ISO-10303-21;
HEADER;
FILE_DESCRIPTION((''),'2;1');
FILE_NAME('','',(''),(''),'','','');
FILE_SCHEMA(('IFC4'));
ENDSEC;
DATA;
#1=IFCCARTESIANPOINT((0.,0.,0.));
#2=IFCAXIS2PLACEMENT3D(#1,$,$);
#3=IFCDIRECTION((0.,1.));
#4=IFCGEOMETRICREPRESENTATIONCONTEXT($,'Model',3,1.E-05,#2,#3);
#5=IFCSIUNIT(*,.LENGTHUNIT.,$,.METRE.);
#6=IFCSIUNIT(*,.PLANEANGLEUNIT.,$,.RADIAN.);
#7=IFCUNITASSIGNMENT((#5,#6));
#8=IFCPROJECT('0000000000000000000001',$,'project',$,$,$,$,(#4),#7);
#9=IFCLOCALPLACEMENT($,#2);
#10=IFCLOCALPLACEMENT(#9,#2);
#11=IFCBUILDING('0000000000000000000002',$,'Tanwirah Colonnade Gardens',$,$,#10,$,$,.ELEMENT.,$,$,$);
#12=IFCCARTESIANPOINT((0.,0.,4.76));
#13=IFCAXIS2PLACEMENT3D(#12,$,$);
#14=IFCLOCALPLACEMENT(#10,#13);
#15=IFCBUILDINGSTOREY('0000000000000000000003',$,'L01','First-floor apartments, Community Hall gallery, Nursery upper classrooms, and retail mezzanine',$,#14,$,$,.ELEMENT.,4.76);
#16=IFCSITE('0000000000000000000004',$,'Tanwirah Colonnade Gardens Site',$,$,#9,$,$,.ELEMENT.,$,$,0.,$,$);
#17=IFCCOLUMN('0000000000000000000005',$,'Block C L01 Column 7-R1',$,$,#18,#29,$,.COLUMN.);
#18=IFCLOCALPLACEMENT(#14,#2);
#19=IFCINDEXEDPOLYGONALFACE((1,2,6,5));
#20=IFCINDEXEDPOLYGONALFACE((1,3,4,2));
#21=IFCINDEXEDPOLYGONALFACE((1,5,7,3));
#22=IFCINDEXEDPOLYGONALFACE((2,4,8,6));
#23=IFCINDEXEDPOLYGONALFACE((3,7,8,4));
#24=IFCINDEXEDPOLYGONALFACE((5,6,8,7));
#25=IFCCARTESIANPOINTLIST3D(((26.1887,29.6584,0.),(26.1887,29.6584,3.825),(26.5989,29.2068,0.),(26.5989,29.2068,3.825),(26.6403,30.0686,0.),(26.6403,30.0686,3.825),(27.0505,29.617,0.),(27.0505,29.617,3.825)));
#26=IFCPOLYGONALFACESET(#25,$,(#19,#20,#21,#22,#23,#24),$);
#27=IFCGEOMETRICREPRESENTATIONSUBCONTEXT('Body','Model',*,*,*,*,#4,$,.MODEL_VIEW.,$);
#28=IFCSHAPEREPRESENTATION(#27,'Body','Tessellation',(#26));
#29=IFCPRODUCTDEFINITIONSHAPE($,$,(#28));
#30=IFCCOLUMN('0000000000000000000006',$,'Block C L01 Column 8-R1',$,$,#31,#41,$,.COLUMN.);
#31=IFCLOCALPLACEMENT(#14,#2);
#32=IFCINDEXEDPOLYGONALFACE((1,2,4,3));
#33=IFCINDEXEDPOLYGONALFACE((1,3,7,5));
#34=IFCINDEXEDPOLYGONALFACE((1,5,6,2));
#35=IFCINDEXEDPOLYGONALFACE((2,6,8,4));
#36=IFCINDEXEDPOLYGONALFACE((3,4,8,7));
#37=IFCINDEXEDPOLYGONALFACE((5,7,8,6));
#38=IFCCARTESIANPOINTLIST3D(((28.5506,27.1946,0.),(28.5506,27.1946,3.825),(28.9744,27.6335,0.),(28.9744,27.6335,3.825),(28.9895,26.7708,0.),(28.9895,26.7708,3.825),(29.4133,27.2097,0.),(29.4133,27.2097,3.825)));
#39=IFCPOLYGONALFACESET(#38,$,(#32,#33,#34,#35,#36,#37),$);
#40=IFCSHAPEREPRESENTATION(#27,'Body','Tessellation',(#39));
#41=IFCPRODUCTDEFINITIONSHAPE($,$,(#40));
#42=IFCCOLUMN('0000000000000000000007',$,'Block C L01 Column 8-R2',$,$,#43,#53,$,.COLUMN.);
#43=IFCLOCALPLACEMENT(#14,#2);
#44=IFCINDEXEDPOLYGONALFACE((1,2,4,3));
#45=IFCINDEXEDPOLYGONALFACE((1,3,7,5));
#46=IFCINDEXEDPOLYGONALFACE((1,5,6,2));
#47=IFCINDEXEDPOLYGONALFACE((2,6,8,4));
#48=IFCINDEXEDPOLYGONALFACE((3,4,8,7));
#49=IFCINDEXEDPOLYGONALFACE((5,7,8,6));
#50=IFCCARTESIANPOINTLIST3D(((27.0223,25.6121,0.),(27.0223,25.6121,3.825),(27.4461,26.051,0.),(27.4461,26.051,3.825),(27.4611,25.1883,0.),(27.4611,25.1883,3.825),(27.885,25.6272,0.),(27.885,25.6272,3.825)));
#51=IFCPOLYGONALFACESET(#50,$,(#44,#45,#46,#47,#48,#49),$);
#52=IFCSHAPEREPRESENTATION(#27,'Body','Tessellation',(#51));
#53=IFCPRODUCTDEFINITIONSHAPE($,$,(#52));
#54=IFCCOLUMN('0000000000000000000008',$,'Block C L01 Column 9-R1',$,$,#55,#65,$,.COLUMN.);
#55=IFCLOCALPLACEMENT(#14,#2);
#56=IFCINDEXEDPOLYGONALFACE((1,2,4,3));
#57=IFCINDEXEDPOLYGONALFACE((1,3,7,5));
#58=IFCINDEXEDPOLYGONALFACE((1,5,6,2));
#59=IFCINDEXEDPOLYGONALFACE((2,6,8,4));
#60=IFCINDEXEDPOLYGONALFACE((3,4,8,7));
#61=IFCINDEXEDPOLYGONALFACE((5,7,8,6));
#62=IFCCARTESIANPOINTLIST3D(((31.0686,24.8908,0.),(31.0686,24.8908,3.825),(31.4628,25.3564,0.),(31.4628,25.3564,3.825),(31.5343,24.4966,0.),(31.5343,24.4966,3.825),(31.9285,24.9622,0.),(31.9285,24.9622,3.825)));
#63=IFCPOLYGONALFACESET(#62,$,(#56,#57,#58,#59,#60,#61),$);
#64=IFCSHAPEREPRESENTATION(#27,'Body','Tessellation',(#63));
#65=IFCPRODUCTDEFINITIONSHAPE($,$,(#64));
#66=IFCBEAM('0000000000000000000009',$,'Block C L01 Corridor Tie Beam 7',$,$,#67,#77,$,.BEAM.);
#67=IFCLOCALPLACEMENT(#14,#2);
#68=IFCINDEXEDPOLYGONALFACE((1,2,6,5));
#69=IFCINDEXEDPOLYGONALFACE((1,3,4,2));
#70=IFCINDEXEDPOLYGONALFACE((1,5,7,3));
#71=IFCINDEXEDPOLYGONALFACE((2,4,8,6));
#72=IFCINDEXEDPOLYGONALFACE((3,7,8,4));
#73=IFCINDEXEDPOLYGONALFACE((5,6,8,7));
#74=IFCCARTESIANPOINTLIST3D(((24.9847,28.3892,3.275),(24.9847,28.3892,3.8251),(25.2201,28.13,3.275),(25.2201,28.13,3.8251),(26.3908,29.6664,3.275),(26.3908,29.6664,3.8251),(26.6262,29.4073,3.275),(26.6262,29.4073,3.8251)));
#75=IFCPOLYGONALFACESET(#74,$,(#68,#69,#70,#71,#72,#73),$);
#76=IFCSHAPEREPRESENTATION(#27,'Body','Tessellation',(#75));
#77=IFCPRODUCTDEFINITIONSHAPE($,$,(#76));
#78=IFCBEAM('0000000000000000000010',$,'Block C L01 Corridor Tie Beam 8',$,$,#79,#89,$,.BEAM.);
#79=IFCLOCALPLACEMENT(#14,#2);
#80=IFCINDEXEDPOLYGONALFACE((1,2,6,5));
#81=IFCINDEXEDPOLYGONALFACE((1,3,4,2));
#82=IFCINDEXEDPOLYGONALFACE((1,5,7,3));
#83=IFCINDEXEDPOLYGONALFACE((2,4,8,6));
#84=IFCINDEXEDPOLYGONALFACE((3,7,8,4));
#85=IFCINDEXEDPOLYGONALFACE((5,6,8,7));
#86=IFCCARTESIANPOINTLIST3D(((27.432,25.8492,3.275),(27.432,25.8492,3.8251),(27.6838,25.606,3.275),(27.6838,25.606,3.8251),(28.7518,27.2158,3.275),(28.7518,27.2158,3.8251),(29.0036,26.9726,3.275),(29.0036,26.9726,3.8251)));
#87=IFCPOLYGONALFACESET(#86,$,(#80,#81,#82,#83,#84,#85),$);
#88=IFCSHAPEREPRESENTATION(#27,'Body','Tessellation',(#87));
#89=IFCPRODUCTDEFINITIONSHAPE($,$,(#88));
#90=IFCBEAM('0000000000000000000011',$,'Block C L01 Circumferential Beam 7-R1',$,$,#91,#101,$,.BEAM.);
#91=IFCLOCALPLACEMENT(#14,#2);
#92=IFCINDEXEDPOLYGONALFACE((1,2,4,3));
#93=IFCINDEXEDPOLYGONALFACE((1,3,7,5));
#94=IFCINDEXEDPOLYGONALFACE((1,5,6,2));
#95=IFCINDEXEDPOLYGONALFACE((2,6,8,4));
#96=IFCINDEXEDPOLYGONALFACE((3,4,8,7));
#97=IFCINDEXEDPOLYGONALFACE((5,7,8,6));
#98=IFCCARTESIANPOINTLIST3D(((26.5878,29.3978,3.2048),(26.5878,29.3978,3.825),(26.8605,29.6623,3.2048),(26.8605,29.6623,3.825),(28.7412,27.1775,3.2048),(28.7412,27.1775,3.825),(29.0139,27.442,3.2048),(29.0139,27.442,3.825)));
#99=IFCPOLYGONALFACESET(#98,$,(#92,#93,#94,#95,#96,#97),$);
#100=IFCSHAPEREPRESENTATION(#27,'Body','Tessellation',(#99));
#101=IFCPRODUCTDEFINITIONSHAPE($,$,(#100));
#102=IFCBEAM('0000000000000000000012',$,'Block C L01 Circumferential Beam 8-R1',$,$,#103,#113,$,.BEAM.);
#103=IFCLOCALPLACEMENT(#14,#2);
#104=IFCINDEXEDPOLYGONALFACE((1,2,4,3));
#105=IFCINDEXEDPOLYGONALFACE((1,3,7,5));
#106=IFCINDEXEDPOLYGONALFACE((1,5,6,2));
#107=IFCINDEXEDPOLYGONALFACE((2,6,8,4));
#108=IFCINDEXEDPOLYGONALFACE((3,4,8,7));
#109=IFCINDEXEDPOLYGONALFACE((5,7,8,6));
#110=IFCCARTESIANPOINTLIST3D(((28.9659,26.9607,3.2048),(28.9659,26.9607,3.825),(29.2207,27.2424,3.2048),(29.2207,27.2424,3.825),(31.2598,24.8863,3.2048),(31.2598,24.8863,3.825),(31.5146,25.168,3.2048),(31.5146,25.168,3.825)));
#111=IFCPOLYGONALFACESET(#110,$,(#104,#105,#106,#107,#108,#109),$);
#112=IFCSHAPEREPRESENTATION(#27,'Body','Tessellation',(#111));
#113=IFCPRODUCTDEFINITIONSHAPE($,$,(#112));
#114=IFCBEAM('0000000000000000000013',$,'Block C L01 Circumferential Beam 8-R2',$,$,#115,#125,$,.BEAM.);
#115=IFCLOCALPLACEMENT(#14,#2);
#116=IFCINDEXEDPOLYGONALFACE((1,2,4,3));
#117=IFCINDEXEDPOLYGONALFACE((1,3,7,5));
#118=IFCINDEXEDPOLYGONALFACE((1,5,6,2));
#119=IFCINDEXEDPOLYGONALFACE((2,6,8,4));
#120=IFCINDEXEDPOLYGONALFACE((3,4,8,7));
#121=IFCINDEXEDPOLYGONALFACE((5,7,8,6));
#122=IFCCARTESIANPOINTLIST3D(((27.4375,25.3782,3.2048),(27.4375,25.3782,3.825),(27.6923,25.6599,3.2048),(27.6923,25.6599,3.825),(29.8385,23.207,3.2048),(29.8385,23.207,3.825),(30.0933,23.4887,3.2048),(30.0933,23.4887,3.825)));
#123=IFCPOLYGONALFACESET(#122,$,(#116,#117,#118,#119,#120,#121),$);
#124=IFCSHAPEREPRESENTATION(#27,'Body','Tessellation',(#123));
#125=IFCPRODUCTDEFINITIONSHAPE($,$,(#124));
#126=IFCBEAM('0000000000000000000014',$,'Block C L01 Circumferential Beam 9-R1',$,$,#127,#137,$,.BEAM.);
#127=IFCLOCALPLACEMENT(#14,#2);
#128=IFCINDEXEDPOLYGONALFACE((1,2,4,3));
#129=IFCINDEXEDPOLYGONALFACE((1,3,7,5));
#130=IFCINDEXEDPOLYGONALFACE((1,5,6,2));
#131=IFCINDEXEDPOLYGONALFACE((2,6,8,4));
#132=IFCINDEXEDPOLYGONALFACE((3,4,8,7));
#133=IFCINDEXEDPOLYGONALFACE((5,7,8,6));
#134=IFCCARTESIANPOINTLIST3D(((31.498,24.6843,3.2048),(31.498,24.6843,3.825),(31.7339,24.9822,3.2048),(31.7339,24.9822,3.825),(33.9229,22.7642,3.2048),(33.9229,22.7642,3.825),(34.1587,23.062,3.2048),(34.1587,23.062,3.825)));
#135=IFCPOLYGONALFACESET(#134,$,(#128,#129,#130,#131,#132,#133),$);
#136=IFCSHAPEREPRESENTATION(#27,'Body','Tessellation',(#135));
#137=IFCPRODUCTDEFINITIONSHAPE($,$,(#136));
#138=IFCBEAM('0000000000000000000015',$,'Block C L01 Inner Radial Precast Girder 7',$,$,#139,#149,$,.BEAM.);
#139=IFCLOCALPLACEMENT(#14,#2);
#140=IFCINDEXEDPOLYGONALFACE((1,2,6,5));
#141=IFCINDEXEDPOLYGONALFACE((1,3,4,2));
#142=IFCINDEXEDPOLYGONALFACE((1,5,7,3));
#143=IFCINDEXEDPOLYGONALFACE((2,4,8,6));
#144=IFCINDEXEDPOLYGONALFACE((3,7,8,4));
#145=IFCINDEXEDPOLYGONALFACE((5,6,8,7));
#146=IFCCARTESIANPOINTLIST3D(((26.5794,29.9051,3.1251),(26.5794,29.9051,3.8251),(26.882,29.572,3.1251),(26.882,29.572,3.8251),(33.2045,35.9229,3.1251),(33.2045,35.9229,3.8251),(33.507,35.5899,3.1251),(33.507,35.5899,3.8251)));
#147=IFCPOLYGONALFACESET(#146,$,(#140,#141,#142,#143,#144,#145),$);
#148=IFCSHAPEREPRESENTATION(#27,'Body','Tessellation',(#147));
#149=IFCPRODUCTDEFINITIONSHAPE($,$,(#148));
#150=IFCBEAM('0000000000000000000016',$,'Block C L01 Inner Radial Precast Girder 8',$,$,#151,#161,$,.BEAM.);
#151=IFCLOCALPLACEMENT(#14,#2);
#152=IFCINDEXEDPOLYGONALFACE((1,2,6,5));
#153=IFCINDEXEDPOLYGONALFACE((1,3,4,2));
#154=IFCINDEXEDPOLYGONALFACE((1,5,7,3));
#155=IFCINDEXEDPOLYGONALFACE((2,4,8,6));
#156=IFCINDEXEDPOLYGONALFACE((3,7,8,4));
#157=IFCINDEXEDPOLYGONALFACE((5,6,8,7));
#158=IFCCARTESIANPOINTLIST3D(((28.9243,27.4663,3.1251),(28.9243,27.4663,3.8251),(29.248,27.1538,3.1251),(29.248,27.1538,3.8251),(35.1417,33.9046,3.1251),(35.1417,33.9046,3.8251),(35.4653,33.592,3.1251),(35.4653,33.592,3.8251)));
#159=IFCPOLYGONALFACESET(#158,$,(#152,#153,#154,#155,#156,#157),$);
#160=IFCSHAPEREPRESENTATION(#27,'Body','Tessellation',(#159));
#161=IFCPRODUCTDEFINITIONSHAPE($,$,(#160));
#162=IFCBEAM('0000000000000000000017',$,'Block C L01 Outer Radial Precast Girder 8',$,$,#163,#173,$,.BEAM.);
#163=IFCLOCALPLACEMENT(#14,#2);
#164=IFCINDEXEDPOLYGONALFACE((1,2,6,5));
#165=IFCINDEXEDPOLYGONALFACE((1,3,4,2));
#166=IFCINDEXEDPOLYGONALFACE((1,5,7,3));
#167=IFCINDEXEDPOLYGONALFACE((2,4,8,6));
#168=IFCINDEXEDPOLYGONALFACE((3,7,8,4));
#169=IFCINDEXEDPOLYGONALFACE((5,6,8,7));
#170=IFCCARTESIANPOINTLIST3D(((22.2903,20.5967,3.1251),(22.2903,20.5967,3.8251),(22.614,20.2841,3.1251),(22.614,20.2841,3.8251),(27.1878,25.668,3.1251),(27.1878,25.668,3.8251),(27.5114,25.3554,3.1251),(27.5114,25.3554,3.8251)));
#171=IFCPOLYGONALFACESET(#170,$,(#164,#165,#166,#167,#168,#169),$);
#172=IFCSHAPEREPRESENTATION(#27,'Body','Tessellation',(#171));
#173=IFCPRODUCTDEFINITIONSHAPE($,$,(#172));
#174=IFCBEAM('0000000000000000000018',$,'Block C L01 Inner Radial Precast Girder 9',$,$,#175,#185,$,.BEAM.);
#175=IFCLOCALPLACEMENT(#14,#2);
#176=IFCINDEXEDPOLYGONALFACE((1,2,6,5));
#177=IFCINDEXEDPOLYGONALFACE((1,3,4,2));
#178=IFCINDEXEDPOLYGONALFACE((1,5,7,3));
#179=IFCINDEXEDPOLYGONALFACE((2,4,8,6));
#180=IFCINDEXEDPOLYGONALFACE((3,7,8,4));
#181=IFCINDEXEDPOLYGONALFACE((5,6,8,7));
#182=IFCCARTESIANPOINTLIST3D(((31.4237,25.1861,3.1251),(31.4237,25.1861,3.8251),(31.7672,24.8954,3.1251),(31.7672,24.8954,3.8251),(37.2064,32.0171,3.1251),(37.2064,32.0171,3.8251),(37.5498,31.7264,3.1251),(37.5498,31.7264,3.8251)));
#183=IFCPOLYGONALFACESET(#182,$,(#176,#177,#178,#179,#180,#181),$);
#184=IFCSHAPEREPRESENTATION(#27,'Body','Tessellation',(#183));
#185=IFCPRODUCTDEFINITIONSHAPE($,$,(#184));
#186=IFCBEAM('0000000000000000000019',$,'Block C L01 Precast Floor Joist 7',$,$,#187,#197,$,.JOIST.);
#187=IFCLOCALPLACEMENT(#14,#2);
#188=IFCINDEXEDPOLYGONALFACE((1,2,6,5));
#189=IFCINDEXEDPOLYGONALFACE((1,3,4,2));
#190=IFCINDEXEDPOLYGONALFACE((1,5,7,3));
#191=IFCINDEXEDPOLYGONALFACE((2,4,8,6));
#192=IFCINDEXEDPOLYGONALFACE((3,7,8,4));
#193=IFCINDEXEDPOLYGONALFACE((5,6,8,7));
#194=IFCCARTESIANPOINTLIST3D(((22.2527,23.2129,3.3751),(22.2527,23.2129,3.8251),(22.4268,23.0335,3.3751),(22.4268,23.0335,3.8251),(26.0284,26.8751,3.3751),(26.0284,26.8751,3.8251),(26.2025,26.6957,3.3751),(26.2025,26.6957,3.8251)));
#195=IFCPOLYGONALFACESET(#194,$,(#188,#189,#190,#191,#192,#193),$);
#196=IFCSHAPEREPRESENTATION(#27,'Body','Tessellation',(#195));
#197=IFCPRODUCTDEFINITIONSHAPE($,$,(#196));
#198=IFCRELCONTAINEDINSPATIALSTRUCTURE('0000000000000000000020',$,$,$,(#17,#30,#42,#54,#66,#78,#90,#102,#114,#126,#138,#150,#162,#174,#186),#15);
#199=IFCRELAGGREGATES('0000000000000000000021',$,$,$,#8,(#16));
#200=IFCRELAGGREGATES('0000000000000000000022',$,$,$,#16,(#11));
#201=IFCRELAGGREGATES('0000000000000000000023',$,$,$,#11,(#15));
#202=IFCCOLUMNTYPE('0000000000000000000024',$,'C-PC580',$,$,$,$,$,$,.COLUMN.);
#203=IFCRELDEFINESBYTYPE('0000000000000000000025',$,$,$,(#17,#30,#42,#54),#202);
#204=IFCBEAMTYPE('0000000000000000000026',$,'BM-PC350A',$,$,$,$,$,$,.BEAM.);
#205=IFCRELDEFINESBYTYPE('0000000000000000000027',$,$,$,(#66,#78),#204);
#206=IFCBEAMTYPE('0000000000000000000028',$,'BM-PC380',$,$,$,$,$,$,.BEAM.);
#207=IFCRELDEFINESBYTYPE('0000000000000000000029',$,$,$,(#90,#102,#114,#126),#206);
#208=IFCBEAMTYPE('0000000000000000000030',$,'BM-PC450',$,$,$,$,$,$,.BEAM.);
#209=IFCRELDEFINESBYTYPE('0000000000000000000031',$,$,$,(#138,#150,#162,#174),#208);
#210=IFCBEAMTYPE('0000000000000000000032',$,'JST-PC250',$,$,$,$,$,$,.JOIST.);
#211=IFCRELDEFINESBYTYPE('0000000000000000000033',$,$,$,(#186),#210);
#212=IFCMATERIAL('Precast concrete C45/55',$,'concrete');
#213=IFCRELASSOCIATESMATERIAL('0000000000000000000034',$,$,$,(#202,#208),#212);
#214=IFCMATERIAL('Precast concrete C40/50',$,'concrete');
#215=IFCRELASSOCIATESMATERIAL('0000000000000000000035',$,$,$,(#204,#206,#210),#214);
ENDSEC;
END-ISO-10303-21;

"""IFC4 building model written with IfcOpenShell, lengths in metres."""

from ifc_helpers import new_model, si_unit, direction, frame, origin, origin_2d, place, context, subcontext, project, spatial, rectangle, extrude, material, material_profile, profile_set, type_object, element, save


model = new_model("IFC4")

# Units and contexts
model_context = context("Model", 3, precision=1e-05, world=origin(), true_north=direction((0.0, 1.0)))
body_context = subcontext(model_context, "Body", "Model", "MODEL_VIEW")
ifc_project = project(units=[si_unit("LENGTHUNIT", "METRE"), si_unit("PLANEANGLEUNIT", "RADIAN")], contexts=[model_context])

# Site, building, storey
site_placement = place(None, origin())
site = spatial("IfcSite", under=ifc_project, at=site_placement, Name="Tanwirah Colonnade Gardens Site", CompositionType="ELEMENT", RefElevation=0.0)
building_placement = place(site_placement, origin())
building = spatial("IfcBuilding", under=site, at=building_placement, Name="Tanwirah Colonnade Gardens", CompositionType="ELEMENT")
storey_placement = place(building_placement, frame((0.0, 0.0, 4.76)))
storey = spatial("IfcBuildingStorey", under=building, at=storey_placement, Name="L01", Description="First-floor apartments, Community Hall gallery, Nursery upper classrooms, and retail mezzanine", CompositionType="ELEMENT", Elevation=4.76)

# Columns
ifc_material_1 = material(Name="Precast concrete C45/55", Category="concrete")
ifc_material_profile_1 = material_profile(ifc_material_1, rectangle(XDim=0.6101, YDim=0.6101, at=origin_2d()), Name="PC-COL 610x610")
ifc_profile_set_1 = profile_set([ifc_material_profile_1], Name="Precast concrete C45/55")
column_type = type_object("IfcColumnType", Name="C-PC580", PredefinedType="COLUMN", material=ifc_profile_set_1)
for number, where, z_axis, x_axis, name in (
    (1, (26.6196, 29.6377, 0.0), (0.0, 0.0, 1.0), (-0.740218, -0.672367, 0.0), "Block C L01 Column 7-R1"),
    (2, (28.9819, 27.2021, 0.0), (0.0, 0.0, 1.0), (-0.694658, -0.71934, 0.0), "Block C L01 Column 8-R1"),
    (3, (27.4536, 25.6196, 0.0), (0.0, 0.0, 1.0), (-0.694658, -0.71934, 0.0), "Block C L01 Column 8-R2"),
    (4, (31.4985, 24.9265, 0.0), (0.0, 0.0, 1.0), (-0.646124, -0.763232, 0.0), "Block C L01 Column 9-R1"),
):
    element("IfcColumn", number, at=place(storey_placement, frame(where, z_axis=z_axis, x_axis=x_axis)), inside=storey, type_object=column_type, Name=name, PredefinedType="COLUMN", context=body_context, shape_type="SweptSolid", body=[
        extrude(rectangle(XDim=0.6101, YDim=0.6101, at=origin_2d()), origin(), (0.0, 0.0, 1.0), 3.825),
    ])

# Beams
ifc_material_2 = material(Name="Precast concrete C40/50", Category="concrete")
ifc_material_profile_2 = material_profile(ifc_material_2, rectangle(XDim=0.3501, YDim=0.55, at=origin_2d()), Name="PC-BM 350x550")
ifc_profile_set_2 = profile_set([ifc_material_profile_2], Name="Precast concrete C40/50")
beam_type_1 = type_object("IfcBeamType", Name="BM-PC350A", PredefinedType="BEAM", material=ifc_profile_set_2)
beam_1_placement = place(storey_placement, frame((26.5085, 29.5369, 3.55), z_axis=(-0.740219, -0.672366, 0.0), x_axis=(0.672366, -0.740219, 0.0)))
element("IfcBeam", 5, at=beam_1_placement, inside=storey, type_object=beam_type_1, Name="Block C L01 Corridor Tie Beam 7", PredefinedType="BEAM", context=body_context, shape_type="SweptSolid", body=[
    extrude(rectangle(XDim=0.3501, YDim=0.55, at=origin_2d()), origin(), (0.0, 0.0, 1.0), 1.8997),
])
beam_2_placement = place(storey_placement, frame((28.8777, 27.0942, 3.55), z_axis=(-0.694663, -0.719335, 0.0), x_axis=(0.719335, -0.694663, 0.0)))
element("IfcBeam", 6, at=beam_2_placement, inside=storey, type_object=beam_type_1, Name="Block C L01 Corridor Tie Beam 8", PredefinedType="BEAM", context=body_context, shape_type="SweptSolid", body=[
    extrude(rectangle(XDim=0.3501, YDim=0.55, at=origin_2d()), origin(), (0.0, 0.0, 1.0), 1.8999),
])
ifc_material_profile_3 = material_profile(ifc_material_2, rectangle(XDim=0.3799, YDim=0.6201, at=origin_2d()), Name="PC-BM 380x620")
ifc_profile_set_3 = profile_set([ifc_material_profile_3], Name="Precast concrete C40/50")
beam_type_2 = type_object("IfcBeamType", Name="BM-PC380", PredefinedType="BEAM", material=ifc_profile_set_3)
beam_3_placement = place(storey_placement, frame((26.7241, 29.53, 3.5149), z_axis=(0.69621, -0.717838, 0.0), x_axis=(0.717838, 0.69621, 0.0)))
element("IfcBeam", 7, at=beam_3_placement, inside=storey, type_object=beam_type_2, Name="Block C L01 Circumferential Beam 7-R1", PredefinedType="BEAM", context=body_context, shape_type="SweptSolid", body=[
    extrude(rectangle(XDim=0.3799, YDim=0.6201, at=origin_2d()), origin(), (0.0, 0.0, 1.0), 3.093),
])
beam_4_placement = place(storey_placement, frame((29.0933, 27.1016, 3.5149), z_axis=(0.741698, -0.670733, 0.0), x_axis=(0.670733, 0.741698, 0.0)))
element("IfcBeam", 8, at=beam_4_placement, inside=storey, type_object=beam_type_2, Name="Block C L01 Circumferential Beam 8-R1", PredefinedType="BEAM", context=body_context, shape_type="SweptSolid", body=[
    extrude(rectangle(XDim=0.3799, YDim=0.6201, at=origin_2d()), origin(), (0.0, 0.0, 1.0), 3.0928),
])
beam_5_placement = place(storey_placement, frame((27.5649, 25.519, 3.5149), z_axis=(0.741702, -0.67073, 0.0), x_axis=(0.67073, 0.741702, 0.0)))
element("IfcBeam", 9, at=beam_5_placement, inside=storey, type_object=beam_type_2, Name="Block C L01 Circumferential Beam 8-R2", PredefinedType="BEAM", context=body_context, shape_type="SweptSolid", body=[
    extrude(rectangle(XDim=0.3799, YDim=0.6201, at=origin_2d()), origin(), (0.0, 0.0, 1.0), 3.2371),
])
beam_6_placement = place(storey_placement, frame((31.616, 24.8333, 3.5149), z_axis=(0.783963, -0.620808, 0.0), x_axis=(0.620808, 0.783963, 0.0)))
element("IfcBeam", 10, at=beam_6_placement, inside=storey, type_object=beam_type_2, Name="Block C L01 Circumferential Beam 9-R1", PredefinedType="BEAM", context=body_context, shape_type="SweptSolid", body=[
    extrude(rectangle(XDim=0.3799, YDim=0.6201, at=origin_2d()), origin(), (0.0, 0.0, 1.0), 3.093),
])
ifc_material_profile_4 = material_profile(ifc_material_1, rectangle(XDim=0.45, YDim=0.7, at=origin_2d()), Name="PC-BM 450x700")
ifc_profile_set_4 = profile_set([ifc_material_profile_4], Name="Precast concrete C45/55")
beam_type_3 = type_object("IfcBeamType", Name="BM-PC450", PredefinedType="BEAM", material=ifc_profile_set_4)
for number, where, z_axis, x_axis, name in (
    (11, (26.7307, 29.7385, 3.4751), (0.740213, 0.672373, 0.0), (-0.672373, 0.740213, 0.0), "Block C L01 Inner Radial Precast Girder 7"),
    (12, (29.0862, 27.3101, 3.4751), (0.694656, 0.719342, 0.0), (-0.719342, 0.694656, 0.0), "Block C L01 Inner Radial Precast Girder 8"),
):
    element("IfcBeam", number, at=place(storey_placement, frame(where, z_axis=z_axis, x_axis=x_axis)), inside=storey, type_object=beam_type_3, Name=name, PredefinedType="BEAM", context=body_context, shape_type="SweptSolid", body=[
        extrude(rectangle(XDim=0.45, YDim=0.7, at=origin_2d()), origin(), (0.0, 0.0, 1.0), 8.9502),
    ])
beam_7_placement = place(storey_placement, frame((27.3496, 25.5117, 3.4751), z_axis=(-0.694671, -0.719327, 0.0), x_axis=(0.719327, -0.694671, 0.0)))
element("IfcBeam", 13, at=beam_7_placement, inside=storey, type_object=beam_type_3, Name="Block C L01 Outer Radial Precast Girder 8", PredefinedType="BEAM", context=body_context, shape_type="SweptSolid", body=[
    extrude(rectangle(XDim=0.45, YDim=0.7, at=origin_2d()), origin(), (0.0, 0.0, 1.0), 7.05),
])
beam_8_placement = place(storey_placement, frame((31.5955, 25.0408, 3.4751), z_axis=(0.646111, 0.763243, 0.0), x_axis=(-0.763243, 0.646111, 0.0)))
element("IfcBeam", 14, at=beam_8_placement, inside=storey, type_object=beam_type_3, Name="Block C L01 Inner Radial Precast Girder 9", PredefinedType="BEAM", context=body_context, shape_type="SweptSolid", body=[
    extrude(rectangle(XDim=0.45, YDim=0.7, at=origin_2d()), origin(), (0.0, 0.0, 1.0), 8.95),
])
ifc_material_profile_5 = material_profile(ifc_material_2, rectangle(XDim=0.25, YDim=0.45, at=origin_2d()), Name="PC-JST 250x450")
ifc_profile_set_5 = profile_set([ifc_material_profile_5], Name="Precast concrete C40/50")
beam_type_4 = type_object("IfcBeamType", Name="JST-PC250", PredefinedType="JOIST", material=ifc_profile_set_5)
beam_9_placement = place(storey_placement, frame((26.1155, 26.7854, 3.6001), z_axis=(-0.717816, -0.696233, 0.0), x_axis=(0.696233, -0.717816, 0.0)))
element("IfcBeam", 15, at=beam_9_placement, inside=storey, type_object=beam_type_4, Name="Block C L01 Precast Floor Joist 7", PredefinedType="JOIST", context=body_context, shape_type="SweptSolid", body=[
    extrude(rectangle(XDim=0.25, YDim=0.45, at=origin_2d()), origin(), (0.0, 0.0, 1.0), 5.26),
])

save(model, "model.ifc")
